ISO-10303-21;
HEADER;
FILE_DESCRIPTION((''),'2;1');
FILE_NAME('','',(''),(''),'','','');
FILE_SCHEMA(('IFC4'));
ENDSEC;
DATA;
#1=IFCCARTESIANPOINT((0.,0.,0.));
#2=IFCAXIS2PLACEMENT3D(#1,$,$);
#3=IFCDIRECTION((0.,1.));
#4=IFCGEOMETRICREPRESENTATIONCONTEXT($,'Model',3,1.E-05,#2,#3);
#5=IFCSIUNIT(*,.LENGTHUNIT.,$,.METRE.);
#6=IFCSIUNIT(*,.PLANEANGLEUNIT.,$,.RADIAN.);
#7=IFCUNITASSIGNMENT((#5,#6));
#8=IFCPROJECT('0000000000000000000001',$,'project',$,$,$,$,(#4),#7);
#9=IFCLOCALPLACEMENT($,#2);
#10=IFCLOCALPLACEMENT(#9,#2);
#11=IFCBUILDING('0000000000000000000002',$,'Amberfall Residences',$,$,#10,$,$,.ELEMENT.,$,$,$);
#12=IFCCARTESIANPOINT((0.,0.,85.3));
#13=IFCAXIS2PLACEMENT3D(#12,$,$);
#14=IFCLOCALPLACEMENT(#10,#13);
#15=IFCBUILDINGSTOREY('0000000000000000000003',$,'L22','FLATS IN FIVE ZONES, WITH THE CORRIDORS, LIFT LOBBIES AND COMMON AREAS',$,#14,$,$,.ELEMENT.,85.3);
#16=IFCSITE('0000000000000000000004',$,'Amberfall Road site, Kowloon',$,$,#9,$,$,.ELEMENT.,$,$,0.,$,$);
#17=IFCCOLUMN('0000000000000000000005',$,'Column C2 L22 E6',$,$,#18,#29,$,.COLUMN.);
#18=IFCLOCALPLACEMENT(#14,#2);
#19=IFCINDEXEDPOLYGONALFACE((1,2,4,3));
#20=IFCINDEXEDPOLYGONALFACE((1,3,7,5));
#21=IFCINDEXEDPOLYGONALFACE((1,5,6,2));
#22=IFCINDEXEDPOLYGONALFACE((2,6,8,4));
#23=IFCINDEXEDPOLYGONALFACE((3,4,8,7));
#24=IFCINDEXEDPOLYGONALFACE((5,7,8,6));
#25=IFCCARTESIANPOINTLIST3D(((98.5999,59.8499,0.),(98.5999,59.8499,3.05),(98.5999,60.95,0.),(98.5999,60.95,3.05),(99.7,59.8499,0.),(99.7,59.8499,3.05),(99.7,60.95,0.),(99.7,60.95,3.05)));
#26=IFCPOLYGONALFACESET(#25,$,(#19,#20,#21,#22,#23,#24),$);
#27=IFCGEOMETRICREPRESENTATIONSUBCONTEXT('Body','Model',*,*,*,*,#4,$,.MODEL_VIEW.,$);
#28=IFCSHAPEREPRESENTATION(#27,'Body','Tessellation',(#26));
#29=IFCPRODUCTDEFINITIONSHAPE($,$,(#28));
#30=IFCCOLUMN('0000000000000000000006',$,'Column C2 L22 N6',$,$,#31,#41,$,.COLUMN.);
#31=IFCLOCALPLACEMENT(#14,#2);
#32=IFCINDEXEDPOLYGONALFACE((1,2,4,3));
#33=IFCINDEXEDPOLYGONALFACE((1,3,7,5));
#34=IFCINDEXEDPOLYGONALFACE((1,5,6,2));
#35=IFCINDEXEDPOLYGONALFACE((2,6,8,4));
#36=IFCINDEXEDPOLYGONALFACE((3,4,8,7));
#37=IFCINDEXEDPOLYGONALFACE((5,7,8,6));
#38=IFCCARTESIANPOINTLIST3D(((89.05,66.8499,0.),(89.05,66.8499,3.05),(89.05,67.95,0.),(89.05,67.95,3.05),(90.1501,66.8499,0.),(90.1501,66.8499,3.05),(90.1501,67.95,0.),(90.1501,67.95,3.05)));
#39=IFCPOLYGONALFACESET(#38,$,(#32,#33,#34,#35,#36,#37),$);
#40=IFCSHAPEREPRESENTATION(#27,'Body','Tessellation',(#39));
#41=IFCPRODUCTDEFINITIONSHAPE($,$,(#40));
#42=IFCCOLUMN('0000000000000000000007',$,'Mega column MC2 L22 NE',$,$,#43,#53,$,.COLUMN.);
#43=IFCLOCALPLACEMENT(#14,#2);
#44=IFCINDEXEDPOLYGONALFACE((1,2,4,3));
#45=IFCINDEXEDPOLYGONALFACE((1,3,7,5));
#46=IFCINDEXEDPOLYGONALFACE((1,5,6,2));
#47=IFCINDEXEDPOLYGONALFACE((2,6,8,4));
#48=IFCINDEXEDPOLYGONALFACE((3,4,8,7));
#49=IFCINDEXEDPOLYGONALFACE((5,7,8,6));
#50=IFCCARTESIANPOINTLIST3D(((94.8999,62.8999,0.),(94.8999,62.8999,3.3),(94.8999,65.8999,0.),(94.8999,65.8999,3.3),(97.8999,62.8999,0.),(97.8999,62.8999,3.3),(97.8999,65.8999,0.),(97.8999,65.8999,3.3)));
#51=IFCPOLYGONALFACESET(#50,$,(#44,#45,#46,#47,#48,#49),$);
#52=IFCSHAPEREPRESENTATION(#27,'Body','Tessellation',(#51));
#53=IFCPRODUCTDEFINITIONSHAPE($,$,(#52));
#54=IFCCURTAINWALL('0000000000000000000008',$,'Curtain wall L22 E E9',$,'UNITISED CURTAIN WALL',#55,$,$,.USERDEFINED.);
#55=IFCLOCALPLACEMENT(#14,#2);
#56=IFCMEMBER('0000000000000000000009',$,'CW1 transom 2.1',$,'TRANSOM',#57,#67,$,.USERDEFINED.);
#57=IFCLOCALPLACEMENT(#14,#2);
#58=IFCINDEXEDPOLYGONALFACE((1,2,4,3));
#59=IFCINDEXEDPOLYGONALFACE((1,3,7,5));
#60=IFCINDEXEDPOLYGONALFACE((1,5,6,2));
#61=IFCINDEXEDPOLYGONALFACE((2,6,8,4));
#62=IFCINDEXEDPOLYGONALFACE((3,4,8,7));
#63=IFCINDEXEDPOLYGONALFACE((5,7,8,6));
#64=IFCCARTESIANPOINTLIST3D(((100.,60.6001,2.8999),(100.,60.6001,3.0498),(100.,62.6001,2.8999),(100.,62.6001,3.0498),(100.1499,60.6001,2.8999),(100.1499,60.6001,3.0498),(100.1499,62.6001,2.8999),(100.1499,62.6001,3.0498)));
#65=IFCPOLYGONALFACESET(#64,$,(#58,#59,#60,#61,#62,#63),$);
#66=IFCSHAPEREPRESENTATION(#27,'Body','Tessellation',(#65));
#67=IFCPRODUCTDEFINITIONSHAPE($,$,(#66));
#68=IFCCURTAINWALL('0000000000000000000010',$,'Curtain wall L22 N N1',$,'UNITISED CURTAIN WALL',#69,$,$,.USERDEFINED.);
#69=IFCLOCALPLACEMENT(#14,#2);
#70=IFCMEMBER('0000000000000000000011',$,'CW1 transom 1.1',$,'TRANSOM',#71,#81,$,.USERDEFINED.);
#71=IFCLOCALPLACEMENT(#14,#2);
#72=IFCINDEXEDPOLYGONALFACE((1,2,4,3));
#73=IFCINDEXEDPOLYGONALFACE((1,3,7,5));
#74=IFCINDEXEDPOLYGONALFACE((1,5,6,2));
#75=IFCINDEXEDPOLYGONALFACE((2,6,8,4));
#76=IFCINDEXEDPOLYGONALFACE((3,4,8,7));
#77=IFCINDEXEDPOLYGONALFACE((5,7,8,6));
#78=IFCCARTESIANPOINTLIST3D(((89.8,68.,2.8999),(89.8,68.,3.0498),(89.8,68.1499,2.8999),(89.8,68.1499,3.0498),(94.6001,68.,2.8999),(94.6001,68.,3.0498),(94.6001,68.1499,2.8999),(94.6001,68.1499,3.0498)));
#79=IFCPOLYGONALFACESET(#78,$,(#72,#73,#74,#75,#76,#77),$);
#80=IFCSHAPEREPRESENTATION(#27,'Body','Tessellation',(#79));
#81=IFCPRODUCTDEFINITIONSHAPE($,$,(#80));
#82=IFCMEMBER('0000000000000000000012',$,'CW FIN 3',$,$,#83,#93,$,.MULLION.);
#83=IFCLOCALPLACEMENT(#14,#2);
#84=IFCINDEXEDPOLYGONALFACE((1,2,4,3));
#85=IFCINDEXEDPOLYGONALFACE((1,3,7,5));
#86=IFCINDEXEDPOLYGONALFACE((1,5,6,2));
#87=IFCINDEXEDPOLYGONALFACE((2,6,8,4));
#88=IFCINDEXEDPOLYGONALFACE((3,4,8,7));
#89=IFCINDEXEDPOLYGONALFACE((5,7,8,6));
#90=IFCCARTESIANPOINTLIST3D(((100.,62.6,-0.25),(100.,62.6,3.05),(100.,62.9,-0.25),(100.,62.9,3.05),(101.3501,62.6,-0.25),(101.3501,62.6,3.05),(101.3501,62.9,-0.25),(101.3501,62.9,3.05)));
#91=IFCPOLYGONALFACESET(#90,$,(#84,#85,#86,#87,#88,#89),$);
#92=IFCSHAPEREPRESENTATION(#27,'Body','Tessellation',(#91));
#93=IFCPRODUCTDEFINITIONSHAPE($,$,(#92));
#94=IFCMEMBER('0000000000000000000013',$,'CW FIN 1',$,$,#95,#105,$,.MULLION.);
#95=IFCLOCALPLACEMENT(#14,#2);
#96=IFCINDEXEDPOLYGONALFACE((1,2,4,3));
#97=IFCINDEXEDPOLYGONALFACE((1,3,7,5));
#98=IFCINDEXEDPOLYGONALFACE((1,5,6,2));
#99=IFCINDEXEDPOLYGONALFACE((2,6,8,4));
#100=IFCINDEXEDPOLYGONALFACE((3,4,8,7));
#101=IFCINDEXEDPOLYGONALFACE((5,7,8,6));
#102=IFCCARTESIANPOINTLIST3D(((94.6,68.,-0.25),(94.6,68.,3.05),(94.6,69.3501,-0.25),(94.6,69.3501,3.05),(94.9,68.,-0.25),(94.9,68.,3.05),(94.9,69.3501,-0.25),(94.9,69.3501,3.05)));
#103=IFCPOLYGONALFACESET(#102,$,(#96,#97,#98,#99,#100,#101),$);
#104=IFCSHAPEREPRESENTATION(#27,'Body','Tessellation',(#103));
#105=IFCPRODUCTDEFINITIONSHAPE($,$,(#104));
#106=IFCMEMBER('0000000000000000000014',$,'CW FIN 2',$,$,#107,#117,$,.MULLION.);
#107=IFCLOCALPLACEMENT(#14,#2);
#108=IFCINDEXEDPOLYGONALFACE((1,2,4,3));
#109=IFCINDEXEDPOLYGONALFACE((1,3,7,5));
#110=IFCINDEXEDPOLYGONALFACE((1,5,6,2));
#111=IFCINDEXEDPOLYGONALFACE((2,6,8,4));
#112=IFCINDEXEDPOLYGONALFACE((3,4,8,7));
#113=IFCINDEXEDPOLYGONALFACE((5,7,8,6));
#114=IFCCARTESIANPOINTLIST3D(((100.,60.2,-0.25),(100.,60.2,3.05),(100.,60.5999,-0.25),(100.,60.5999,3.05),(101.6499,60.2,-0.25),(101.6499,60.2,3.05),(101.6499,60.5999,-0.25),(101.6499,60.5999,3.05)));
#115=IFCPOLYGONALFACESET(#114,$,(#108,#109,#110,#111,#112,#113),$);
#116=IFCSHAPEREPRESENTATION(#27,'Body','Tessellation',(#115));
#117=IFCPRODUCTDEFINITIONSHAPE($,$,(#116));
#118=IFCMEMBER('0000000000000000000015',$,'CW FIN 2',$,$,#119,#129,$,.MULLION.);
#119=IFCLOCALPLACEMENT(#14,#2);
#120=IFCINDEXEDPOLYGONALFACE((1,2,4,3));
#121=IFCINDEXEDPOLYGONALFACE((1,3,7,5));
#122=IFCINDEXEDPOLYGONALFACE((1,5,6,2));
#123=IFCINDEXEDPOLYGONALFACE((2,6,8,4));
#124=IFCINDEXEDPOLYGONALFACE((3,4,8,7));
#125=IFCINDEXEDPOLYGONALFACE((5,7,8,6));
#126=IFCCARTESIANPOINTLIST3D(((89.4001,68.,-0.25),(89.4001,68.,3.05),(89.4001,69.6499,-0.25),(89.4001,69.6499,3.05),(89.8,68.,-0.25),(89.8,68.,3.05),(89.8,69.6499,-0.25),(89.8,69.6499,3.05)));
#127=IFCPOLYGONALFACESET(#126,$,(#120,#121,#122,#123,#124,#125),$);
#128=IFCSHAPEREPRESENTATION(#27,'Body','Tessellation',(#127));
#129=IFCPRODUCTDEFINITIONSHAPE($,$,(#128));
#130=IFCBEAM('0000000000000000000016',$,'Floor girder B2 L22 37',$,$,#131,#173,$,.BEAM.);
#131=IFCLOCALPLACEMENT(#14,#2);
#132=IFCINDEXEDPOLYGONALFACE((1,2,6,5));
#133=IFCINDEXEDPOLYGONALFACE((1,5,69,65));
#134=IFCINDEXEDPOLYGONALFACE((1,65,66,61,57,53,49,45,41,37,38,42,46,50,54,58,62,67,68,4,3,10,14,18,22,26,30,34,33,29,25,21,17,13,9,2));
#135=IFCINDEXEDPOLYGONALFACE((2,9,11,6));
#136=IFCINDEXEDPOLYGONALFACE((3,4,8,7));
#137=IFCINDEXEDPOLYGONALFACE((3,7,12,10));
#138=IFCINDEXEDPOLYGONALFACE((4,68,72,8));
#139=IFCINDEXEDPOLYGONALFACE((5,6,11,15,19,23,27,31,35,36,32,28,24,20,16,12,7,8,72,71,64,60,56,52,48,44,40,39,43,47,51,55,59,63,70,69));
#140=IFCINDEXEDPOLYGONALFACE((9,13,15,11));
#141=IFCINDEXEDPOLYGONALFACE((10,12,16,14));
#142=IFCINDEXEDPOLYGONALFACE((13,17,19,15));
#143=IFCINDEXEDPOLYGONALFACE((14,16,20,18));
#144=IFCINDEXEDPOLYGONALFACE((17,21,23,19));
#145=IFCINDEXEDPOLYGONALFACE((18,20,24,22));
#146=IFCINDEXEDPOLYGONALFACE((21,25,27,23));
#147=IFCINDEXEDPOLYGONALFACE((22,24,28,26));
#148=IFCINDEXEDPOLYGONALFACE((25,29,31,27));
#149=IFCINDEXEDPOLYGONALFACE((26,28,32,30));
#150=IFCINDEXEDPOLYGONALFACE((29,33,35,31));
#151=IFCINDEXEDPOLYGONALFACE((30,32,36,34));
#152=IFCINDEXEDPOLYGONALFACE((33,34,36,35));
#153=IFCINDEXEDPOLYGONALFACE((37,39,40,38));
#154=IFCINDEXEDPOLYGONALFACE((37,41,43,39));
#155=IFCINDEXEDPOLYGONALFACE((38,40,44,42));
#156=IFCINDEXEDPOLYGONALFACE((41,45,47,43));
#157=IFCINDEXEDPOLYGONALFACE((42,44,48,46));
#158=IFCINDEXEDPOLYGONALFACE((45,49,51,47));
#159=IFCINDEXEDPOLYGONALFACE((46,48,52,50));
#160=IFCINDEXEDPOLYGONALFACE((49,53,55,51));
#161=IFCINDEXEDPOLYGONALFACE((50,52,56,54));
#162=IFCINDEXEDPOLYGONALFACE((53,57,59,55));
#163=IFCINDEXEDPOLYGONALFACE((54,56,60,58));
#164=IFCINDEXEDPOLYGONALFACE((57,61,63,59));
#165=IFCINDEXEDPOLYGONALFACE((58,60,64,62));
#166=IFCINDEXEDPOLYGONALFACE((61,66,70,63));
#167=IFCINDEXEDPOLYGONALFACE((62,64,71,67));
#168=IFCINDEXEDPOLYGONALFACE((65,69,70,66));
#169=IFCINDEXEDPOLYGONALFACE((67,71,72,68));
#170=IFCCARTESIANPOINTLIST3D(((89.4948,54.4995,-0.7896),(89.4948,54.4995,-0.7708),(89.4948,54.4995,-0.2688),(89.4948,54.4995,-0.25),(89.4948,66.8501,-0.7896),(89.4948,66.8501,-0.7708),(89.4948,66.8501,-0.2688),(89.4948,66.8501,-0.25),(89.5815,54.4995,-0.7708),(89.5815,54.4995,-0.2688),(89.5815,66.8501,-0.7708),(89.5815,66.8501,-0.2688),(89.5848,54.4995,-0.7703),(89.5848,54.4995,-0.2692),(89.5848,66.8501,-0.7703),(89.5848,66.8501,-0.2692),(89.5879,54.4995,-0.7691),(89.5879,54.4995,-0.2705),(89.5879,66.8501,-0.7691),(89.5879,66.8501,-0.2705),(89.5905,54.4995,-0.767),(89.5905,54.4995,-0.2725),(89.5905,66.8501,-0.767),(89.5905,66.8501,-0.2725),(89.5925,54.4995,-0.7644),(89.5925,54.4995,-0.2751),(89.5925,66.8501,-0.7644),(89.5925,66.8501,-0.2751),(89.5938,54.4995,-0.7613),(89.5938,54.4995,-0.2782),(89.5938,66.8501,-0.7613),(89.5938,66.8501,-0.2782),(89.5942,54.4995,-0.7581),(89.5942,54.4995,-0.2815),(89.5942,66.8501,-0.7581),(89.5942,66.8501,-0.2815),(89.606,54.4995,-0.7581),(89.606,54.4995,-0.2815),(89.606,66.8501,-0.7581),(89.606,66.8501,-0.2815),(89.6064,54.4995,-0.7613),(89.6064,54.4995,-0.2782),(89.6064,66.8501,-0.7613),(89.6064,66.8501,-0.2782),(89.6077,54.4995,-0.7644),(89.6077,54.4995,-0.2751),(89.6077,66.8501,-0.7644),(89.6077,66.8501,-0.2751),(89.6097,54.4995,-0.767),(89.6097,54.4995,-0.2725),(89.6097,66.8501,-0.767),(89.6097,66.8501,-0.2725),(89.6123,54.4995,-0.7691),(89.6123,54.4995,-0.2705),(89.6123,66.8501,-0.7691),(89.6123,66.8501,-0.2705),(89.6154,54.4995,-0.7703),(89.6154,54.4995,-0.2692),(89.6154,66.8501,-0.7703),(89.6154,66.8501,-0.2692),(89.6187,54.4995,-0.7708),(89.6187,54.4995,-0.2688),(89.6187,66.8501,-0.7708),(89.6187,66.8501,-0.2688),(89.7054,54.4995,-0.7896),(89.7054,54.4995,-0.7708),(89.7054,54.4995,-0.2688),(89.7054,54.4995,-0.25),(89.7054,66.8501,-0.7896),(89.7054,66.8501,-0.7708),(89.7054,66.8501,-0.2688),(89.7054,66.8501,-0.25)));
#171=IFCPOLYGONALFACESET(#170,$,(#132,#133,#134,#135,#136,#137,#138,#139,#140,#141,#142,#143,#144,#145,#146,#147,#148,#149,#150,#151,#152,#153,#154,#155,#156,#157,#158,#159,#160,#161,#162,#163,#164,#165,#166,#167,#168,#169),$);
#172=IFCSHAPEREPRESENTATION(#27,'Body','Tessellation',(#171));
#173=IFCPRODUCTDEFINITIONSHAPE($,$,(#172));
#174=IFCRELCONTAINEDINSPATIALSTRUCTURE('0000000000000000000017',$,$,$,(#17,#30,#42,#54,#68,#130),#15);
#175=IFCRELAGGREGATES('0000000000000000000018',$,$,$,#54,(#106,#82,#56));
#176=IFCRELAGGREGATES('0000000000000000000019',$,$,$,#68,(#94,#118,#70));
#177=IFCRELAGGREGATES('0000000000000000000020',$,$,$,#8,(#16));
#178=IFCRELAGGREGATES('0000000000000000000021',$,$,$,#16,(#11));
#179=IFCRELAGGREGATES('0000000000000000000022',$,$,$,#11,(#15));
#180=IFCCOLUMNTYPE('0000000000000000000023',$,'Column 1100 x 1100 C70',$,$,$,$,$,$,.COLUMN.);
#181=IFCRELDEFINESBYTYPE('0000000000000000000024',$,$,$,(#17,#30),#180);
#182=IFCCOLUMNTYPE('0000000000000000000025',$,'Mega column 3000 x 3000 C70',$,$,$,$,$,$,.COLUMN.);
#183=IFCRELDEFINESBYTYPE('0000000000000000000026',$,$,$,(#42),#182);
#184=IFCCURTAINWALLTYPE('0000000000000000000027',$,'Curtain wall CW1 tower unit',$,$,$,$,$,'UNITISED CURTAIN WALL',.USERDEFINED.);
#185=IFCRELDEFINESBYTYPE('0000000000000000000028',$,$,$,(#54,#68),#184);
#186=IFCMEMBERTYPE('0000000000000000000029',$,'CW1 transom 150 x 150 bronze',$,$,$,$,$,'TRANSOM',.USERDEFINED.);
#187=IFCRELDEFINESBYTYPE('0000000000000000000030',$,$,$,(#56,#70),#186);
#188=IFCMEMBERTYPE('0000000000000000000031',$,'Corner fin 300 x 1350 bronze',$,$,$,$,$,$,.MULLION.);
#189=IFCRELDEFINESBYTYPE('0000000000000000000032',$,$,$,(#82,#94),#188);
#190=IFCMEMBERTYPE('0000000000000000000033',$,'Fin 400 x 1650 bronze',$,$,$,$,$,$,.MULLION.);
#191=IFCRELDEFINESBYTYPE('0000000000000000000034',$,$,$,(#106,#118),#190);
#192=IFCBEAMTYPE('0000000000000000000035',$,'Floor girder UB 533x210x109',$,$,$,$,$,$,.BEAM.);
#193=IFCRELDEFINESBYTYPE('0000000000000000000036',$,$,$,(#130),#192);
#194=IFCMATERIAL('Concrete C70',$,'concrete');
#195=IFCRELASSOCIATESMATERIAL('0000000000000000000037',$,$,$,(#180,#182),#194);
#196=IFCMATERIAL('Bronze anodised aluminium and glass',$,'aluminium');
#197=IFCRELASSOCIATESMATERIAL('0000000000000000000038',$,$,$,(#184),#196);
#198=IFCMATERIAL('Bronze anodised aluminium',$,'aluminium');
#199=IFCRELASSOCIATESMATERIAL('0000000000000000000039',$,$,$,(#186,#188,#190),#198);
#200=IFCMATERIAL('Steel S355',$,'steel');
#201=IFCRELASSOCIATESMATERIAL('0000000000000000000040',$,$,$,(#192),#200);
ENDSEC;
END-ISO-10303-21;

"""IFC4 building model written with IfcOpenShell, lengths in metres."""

from ifc_helpers import new_model, si_unit, direction, frame, origin, origin_2d, place, context, subcontext, project, spatial, rectangle, i_section, extrude, material, material_profile, profile_set, type_object, element, aggregate, save


model = new_model("IFC4")

# Units and contexts
model_context = context("Model", 3, precision=1e-05, world=origin(), true_north=direction((0.0, 1.0)))
body_context = subcontext(model_context, "Body", "Model", "MODEL_VIEW")
ifc_project = project(units=[si_unit("LENGTHUNIT", "METRE"), si_unit("PLANEANGLEUNIT", "RADIAN")], contexts=[model_context])

# Site, building, storey
site_placement = place(None, origin())
site = spatial("IfcSite", under=ifc_project, at=site_placement, Name="Amberfall Road site, Kowloon", CompositionType="ELEMENT", RefElevation=0.0)
building_placement = place(site_placement, origin())
building = spatial("IfcBuilding", under=site, at=building_placement, Name="Amberfall Residences", CompositionType="ELEMENT")
storey_placement = place(building_placement, frame((0.0, 0.0, 85.3)))
storey = spatial("IfcBuildingStorey", under=building, at=storey_placement, Name="L22", Description="FLATS IN FIVE ZONES, WITH THE CORRIDORS, LIFT LOBBIES AND COMMON AREAS", CompositionType="ELEMENT", Elevation=85.3)

# Columns
ifc_material_1 = material(Name="Concrete C70", Category="concrete")
ifc_material_profile_1 = material_profile(ifc_material_1, rectangle(XDim=1.1001, YDim=1.1001, at=origin_2d()), Name="Column 1100 x 1100 C70")
ifc_profile_set_1 = profile_set([ifc_material_profile_1], Name="Concrete C70")
column_type_1 = type_object("IfcColumnType", Name="Column 1100 x 1100 C70", PredefinedType="COLUMN", material=ifc_profile_set_1)
for number, where, z_axis, x_axis, name in (
    (1, (99.1499, 60.3999, 0.0), (0.0, 0.0, 1.0), (1.0, 0.0, 0.0), "Column C2 L22 E6"),
    (2, (89.6001, 67.3999, 0.0), (0.0, 0.0, 1.0), (1.0, 0.0, 0.0), "Column C2 L22 N6"),
):
    element("IfcColumn", number, at=place(storey_placement, frame(where, z_axis=z_axis, x_axis=x_axis)), inside=storey, type_object=column_type_1, Name=name, PredefinedType="COLUMN", context=body_context, shape_type="SweptSolid", body=[
        extrude(rectangle(XDim=1.1001, YDim=1.1001, at=origin_2d()), origin(), (0.0, 0.0, 1.0), 3.05),
    ])
ifc_material_profile_2 = material_profile(ifc_material_1, rectangle(XDim=3.0, YDim=3.0, at=origin_2d()), Name="Mega column 3000 x 3000 C70")
ifc_profile_set_2 = profile_set([ifc_material_profile_2], Name="Concrete C70")
column_type_2 = type_object("IfcColumnType", Name="Mega column 3000 x 3000 C70", PredefinedType="COLUMN", material=ifc_profile_set_2)
column_placement = place(storey_placement, frame((96.3999, 64.3999, 0.0), z_axis=(0.0, 0.0, 1.0), x_axis=(1.0, 0.0, 0.0)))
element("IfcColumn", 3, at=column_placement, inside=storey, type_object=column_type_2, Name="Mega column MC2 L22 NE", PredefinedType="COLUMN", context=body_context, shape_type="SweptSolid", body=[
    extrude(rectangle(XDim=3.0, YDim=3.0, at=origin_2d()), origin(), (0.0, 0.0, 1.0), 3.3),
])

# Curtain walls, members
ifc_material_2 = material(Name="Bronze anodised aluminium and glass", Category="aluminium")
curtain_wall_type = type_object("IfcCurtainWallType", Name="Curtain wall CW1 tower unit", ElementType="UNITISED CURTAIN WALL", PredefinedType="USERDEFINED", material=ifc_material_2)
curtain_wall_1_placement = place(storey_placement, origin())
curtain_wall_1 = element("IfcCurtainWall", 4, at=curtain_wall_1_placement, inside=storey, type_object=curtain_wall_type, Name="Curtain wall L22 E E9", ObjectType="UNITISED CURTAIN WALL", PredefinedType="USERDEFINED")
ifc_material_3 = material(Name="Bronze anodised aluminium", Category="aluminium")
ifc_material_profile_3 = material_profile(ifc_material_3, rectangle(XDim=0.1499, YDim=0.1499, at=origin_2d()), Name="CW1 transom 150 x 150 bronze")
ifc_profile_set_3 = profile_set([ifc_material_profile_3], Name="Bronze anodised aluminium")
member_type_1 = type_object("IfcMemberType", Name="CW1 transom 150 x 150 bronze", ElementType="TRANSOM", PredefinedType="USERDEFINED", material=ifc_profile_set_3)
member_1_placement = place(storey_placement, frame((100.075, 60.6001, 2.9749), z_axis=(0.0, 1.0, 0.0), x_axis=(-1.0, 0.0, 0.0)))
member_1 = element("IfcMember", 5, at=member_1_placement, type_object=member_type_1, Name="CW1 transom 2.1", ObjectType="TRANSOM", PredefinedType="USERDEFINED", context=body_context, shape_type="SweptSolid", body=[
    extrude(rectangle(XDim=0.1499, YDim=0.1499, at=origin_2d()), origin(), (0.0, 0.0, 1.0), 2.0),
])
curtain_wall_2_placement = place(storey_placement, origin())
curtain_wall_2 = element("IfcCurtainWall", 6, at=curtain_wall_2_placement, inside=storey, type_object=curtain_wall_type, Name="Curtain wall L22 N N1", ObjectType="UNITISED CURTAIN WALL", PredefinedType="USERDEFINED")
member_2_placement = place(storey_placement, frame((94.6001, 68.075, 2.9749), z_axis=(-1.0, 0.0, 0.0), x_axis=(0.0, -1.0, 0.0)))
member_2 = element("IfcMember", 7, at=member_2_placement, type_object=member_type_1, Name="CW1 transom 1.1", ObjectType="TRANSOM", PredefinedType="USERDEFINED", context=body_context, shape_type="SweptSolid", body=[
    extrude(rectangle(XDim=0.1499, YDim=0.1499, at=origin_2d()), origin(), (0.0, 0.0, 1.0), 4.8),
])

# Members
ifc_material_profile_4 = material_profile(ifc_material_3, rectangle(XDim=1.3501, YDim=0.3, at=origin_2d()), Name="Corner fin 300 x 1350 bronze")
ifc_profile_set_4 = profile_set([ifc_material_profile_4], Name="Bronze anodised aluminium")
member_type_2 = type_object("IfcMemberType", Name="Corner fin 300 x 1350 bronze", PredefinedType="MULLION", material=ifc_profile_set_4)
member_3_placement = place(storey_placement, frame((100.675, 62.75, -0.25), z_axis=(0.0, 0.0, 1.0), x_axis=(-1.0, 0.0, 0.0)))
member_3 = element("IfcMember", 8, at=member_3_placement, type_object=member_type_2, Name="CW FIN 3", PredefinedType="MULLION", context=body_context, shape_type="SweptSolid", body=[
    extrude(rectangle(XDim=1.3501, YDim=0.3, at=origin_2d()), origin(), (0.0, 0.0, 1.0), 3.3),
])
member_4_placement = place(storey_placement, frame((94.75, 68.675, -0.25), z_axis=(0.0, 0.0, 1.0), x_axis=(0.0, -1.0, 0.0)))
member_4 = element("IfcMember", 9, at=member_4_placement, type_object=member_type_2, Name="CW FIN 1", PredefinedType="MULLION", context=body_context, shape_type="SweptSolid", body=[
    extrude(rectangle(XDim=1.3501, YDim=0.3, at=origin_2d()), origin(), (0.0, 0.0, 1.0), 3.3),
])
ifc_material_profile_5 = material_profile(ifc_material_3, rectangle(XDim=1.6499, YDim=0.3999, at=origin_2d()), Name="Fin 400 x 1650 bronze")
ifc_profile_set_5 = profile_set([ifc_material_profile_5], Name="Bronze anodised aluminium")
member_type_3 = type_object("IfcMemberType", Name="Fin 400 x 1650 bronze", PredefinedType="MULLION", material=ifc_profile_set_5)
member_5_placement = place(storey_placement, frame((100.825, 60.3999, -0.25), z_axis=(0.0, 0.0, 1.0), x_axis=(-1.0, 0.0, 0.0)))
member_5 = element("IfcMember", 10, at=member_5_placement, type_object=member_type_3, Name="CW FIN 2", PredefinedType="MULLION", context=body_context, shape_type="SweptSolid", body=[
    extrude(rectangle(XDim=1.6499, YDim=0.3999, at=origin_2d()), origin(), (0.0, 0.0, 1.0), 3.3),
])
member_6_placement = place(storey_placement, frame((89.6001, 68.825, -0.25), z_axis=(0.0, 0.0, 1.0), x_axis=(0.0, -1.0, 0.0)))
member_6 = element("IfcMember", 11, at=member_6_placement, type_object=member_type_3, Name="CW FIN 2", PredefinedType="MULLION", context=body_context, shape_type="SweptSolid", body=[
    extrude(rectangle(XDim=1.6499, YDim=0.3999, at=origin_2d()), origin(), (0.0, 0.0, 1.0), 3.3),
])

# Beam
ifc_material_4 = material(Name="Steel S355", Category="steel")
ifc_material_profile_6 = material_profile(ifc_material_4, i_section(OverallWidth=0.2107, OverallDepth=0.5396, WebThickness=0.0117, FlangeThickness=0.0188, FilletRadius=0.0127, at=origin_2d()), Name="UB 533x210x109")
ifc_profile_set_6 = profile_set([ifc_material_profile_6], Name="Steel S355")
beam_type_1 = type_object("IfcBeamType", Name="Floor girder UB 533x210x109", PredefinedType="BEAM", material=ifc_profile_set_6)
beam_1_placement = place(storey_placement, frame((89.6001, 66.8501, -0.5198), z_axis=(0.0, -1.0, 0.0), x_axis=(1.0, 0.0, 0.0)))
element("IfcBeam", 12, at=beam_1_placement, inside=storey, type_object=beam_type_1, Name="Floor girder B2 L22 37", PredefinedType="BEAM", context=body_context, shape_type="SweptSolid", body=[
    extrude(i_section(OverallWidth=0.2107, OverallDepth=0.5396, WebThickness=0.0117, FlangeThickness=0.0188, FilletRadius=0.0127, at=origin_2d()), origin(), (0.0, 0.0, 1.0), 12.3506),
])

aggregate(curtain_wall_1, [member_5, member_3, member_1])
aggregate(curtain_wall_2, [member_4, member_6, member_2])

save(model, "model.ifc")
